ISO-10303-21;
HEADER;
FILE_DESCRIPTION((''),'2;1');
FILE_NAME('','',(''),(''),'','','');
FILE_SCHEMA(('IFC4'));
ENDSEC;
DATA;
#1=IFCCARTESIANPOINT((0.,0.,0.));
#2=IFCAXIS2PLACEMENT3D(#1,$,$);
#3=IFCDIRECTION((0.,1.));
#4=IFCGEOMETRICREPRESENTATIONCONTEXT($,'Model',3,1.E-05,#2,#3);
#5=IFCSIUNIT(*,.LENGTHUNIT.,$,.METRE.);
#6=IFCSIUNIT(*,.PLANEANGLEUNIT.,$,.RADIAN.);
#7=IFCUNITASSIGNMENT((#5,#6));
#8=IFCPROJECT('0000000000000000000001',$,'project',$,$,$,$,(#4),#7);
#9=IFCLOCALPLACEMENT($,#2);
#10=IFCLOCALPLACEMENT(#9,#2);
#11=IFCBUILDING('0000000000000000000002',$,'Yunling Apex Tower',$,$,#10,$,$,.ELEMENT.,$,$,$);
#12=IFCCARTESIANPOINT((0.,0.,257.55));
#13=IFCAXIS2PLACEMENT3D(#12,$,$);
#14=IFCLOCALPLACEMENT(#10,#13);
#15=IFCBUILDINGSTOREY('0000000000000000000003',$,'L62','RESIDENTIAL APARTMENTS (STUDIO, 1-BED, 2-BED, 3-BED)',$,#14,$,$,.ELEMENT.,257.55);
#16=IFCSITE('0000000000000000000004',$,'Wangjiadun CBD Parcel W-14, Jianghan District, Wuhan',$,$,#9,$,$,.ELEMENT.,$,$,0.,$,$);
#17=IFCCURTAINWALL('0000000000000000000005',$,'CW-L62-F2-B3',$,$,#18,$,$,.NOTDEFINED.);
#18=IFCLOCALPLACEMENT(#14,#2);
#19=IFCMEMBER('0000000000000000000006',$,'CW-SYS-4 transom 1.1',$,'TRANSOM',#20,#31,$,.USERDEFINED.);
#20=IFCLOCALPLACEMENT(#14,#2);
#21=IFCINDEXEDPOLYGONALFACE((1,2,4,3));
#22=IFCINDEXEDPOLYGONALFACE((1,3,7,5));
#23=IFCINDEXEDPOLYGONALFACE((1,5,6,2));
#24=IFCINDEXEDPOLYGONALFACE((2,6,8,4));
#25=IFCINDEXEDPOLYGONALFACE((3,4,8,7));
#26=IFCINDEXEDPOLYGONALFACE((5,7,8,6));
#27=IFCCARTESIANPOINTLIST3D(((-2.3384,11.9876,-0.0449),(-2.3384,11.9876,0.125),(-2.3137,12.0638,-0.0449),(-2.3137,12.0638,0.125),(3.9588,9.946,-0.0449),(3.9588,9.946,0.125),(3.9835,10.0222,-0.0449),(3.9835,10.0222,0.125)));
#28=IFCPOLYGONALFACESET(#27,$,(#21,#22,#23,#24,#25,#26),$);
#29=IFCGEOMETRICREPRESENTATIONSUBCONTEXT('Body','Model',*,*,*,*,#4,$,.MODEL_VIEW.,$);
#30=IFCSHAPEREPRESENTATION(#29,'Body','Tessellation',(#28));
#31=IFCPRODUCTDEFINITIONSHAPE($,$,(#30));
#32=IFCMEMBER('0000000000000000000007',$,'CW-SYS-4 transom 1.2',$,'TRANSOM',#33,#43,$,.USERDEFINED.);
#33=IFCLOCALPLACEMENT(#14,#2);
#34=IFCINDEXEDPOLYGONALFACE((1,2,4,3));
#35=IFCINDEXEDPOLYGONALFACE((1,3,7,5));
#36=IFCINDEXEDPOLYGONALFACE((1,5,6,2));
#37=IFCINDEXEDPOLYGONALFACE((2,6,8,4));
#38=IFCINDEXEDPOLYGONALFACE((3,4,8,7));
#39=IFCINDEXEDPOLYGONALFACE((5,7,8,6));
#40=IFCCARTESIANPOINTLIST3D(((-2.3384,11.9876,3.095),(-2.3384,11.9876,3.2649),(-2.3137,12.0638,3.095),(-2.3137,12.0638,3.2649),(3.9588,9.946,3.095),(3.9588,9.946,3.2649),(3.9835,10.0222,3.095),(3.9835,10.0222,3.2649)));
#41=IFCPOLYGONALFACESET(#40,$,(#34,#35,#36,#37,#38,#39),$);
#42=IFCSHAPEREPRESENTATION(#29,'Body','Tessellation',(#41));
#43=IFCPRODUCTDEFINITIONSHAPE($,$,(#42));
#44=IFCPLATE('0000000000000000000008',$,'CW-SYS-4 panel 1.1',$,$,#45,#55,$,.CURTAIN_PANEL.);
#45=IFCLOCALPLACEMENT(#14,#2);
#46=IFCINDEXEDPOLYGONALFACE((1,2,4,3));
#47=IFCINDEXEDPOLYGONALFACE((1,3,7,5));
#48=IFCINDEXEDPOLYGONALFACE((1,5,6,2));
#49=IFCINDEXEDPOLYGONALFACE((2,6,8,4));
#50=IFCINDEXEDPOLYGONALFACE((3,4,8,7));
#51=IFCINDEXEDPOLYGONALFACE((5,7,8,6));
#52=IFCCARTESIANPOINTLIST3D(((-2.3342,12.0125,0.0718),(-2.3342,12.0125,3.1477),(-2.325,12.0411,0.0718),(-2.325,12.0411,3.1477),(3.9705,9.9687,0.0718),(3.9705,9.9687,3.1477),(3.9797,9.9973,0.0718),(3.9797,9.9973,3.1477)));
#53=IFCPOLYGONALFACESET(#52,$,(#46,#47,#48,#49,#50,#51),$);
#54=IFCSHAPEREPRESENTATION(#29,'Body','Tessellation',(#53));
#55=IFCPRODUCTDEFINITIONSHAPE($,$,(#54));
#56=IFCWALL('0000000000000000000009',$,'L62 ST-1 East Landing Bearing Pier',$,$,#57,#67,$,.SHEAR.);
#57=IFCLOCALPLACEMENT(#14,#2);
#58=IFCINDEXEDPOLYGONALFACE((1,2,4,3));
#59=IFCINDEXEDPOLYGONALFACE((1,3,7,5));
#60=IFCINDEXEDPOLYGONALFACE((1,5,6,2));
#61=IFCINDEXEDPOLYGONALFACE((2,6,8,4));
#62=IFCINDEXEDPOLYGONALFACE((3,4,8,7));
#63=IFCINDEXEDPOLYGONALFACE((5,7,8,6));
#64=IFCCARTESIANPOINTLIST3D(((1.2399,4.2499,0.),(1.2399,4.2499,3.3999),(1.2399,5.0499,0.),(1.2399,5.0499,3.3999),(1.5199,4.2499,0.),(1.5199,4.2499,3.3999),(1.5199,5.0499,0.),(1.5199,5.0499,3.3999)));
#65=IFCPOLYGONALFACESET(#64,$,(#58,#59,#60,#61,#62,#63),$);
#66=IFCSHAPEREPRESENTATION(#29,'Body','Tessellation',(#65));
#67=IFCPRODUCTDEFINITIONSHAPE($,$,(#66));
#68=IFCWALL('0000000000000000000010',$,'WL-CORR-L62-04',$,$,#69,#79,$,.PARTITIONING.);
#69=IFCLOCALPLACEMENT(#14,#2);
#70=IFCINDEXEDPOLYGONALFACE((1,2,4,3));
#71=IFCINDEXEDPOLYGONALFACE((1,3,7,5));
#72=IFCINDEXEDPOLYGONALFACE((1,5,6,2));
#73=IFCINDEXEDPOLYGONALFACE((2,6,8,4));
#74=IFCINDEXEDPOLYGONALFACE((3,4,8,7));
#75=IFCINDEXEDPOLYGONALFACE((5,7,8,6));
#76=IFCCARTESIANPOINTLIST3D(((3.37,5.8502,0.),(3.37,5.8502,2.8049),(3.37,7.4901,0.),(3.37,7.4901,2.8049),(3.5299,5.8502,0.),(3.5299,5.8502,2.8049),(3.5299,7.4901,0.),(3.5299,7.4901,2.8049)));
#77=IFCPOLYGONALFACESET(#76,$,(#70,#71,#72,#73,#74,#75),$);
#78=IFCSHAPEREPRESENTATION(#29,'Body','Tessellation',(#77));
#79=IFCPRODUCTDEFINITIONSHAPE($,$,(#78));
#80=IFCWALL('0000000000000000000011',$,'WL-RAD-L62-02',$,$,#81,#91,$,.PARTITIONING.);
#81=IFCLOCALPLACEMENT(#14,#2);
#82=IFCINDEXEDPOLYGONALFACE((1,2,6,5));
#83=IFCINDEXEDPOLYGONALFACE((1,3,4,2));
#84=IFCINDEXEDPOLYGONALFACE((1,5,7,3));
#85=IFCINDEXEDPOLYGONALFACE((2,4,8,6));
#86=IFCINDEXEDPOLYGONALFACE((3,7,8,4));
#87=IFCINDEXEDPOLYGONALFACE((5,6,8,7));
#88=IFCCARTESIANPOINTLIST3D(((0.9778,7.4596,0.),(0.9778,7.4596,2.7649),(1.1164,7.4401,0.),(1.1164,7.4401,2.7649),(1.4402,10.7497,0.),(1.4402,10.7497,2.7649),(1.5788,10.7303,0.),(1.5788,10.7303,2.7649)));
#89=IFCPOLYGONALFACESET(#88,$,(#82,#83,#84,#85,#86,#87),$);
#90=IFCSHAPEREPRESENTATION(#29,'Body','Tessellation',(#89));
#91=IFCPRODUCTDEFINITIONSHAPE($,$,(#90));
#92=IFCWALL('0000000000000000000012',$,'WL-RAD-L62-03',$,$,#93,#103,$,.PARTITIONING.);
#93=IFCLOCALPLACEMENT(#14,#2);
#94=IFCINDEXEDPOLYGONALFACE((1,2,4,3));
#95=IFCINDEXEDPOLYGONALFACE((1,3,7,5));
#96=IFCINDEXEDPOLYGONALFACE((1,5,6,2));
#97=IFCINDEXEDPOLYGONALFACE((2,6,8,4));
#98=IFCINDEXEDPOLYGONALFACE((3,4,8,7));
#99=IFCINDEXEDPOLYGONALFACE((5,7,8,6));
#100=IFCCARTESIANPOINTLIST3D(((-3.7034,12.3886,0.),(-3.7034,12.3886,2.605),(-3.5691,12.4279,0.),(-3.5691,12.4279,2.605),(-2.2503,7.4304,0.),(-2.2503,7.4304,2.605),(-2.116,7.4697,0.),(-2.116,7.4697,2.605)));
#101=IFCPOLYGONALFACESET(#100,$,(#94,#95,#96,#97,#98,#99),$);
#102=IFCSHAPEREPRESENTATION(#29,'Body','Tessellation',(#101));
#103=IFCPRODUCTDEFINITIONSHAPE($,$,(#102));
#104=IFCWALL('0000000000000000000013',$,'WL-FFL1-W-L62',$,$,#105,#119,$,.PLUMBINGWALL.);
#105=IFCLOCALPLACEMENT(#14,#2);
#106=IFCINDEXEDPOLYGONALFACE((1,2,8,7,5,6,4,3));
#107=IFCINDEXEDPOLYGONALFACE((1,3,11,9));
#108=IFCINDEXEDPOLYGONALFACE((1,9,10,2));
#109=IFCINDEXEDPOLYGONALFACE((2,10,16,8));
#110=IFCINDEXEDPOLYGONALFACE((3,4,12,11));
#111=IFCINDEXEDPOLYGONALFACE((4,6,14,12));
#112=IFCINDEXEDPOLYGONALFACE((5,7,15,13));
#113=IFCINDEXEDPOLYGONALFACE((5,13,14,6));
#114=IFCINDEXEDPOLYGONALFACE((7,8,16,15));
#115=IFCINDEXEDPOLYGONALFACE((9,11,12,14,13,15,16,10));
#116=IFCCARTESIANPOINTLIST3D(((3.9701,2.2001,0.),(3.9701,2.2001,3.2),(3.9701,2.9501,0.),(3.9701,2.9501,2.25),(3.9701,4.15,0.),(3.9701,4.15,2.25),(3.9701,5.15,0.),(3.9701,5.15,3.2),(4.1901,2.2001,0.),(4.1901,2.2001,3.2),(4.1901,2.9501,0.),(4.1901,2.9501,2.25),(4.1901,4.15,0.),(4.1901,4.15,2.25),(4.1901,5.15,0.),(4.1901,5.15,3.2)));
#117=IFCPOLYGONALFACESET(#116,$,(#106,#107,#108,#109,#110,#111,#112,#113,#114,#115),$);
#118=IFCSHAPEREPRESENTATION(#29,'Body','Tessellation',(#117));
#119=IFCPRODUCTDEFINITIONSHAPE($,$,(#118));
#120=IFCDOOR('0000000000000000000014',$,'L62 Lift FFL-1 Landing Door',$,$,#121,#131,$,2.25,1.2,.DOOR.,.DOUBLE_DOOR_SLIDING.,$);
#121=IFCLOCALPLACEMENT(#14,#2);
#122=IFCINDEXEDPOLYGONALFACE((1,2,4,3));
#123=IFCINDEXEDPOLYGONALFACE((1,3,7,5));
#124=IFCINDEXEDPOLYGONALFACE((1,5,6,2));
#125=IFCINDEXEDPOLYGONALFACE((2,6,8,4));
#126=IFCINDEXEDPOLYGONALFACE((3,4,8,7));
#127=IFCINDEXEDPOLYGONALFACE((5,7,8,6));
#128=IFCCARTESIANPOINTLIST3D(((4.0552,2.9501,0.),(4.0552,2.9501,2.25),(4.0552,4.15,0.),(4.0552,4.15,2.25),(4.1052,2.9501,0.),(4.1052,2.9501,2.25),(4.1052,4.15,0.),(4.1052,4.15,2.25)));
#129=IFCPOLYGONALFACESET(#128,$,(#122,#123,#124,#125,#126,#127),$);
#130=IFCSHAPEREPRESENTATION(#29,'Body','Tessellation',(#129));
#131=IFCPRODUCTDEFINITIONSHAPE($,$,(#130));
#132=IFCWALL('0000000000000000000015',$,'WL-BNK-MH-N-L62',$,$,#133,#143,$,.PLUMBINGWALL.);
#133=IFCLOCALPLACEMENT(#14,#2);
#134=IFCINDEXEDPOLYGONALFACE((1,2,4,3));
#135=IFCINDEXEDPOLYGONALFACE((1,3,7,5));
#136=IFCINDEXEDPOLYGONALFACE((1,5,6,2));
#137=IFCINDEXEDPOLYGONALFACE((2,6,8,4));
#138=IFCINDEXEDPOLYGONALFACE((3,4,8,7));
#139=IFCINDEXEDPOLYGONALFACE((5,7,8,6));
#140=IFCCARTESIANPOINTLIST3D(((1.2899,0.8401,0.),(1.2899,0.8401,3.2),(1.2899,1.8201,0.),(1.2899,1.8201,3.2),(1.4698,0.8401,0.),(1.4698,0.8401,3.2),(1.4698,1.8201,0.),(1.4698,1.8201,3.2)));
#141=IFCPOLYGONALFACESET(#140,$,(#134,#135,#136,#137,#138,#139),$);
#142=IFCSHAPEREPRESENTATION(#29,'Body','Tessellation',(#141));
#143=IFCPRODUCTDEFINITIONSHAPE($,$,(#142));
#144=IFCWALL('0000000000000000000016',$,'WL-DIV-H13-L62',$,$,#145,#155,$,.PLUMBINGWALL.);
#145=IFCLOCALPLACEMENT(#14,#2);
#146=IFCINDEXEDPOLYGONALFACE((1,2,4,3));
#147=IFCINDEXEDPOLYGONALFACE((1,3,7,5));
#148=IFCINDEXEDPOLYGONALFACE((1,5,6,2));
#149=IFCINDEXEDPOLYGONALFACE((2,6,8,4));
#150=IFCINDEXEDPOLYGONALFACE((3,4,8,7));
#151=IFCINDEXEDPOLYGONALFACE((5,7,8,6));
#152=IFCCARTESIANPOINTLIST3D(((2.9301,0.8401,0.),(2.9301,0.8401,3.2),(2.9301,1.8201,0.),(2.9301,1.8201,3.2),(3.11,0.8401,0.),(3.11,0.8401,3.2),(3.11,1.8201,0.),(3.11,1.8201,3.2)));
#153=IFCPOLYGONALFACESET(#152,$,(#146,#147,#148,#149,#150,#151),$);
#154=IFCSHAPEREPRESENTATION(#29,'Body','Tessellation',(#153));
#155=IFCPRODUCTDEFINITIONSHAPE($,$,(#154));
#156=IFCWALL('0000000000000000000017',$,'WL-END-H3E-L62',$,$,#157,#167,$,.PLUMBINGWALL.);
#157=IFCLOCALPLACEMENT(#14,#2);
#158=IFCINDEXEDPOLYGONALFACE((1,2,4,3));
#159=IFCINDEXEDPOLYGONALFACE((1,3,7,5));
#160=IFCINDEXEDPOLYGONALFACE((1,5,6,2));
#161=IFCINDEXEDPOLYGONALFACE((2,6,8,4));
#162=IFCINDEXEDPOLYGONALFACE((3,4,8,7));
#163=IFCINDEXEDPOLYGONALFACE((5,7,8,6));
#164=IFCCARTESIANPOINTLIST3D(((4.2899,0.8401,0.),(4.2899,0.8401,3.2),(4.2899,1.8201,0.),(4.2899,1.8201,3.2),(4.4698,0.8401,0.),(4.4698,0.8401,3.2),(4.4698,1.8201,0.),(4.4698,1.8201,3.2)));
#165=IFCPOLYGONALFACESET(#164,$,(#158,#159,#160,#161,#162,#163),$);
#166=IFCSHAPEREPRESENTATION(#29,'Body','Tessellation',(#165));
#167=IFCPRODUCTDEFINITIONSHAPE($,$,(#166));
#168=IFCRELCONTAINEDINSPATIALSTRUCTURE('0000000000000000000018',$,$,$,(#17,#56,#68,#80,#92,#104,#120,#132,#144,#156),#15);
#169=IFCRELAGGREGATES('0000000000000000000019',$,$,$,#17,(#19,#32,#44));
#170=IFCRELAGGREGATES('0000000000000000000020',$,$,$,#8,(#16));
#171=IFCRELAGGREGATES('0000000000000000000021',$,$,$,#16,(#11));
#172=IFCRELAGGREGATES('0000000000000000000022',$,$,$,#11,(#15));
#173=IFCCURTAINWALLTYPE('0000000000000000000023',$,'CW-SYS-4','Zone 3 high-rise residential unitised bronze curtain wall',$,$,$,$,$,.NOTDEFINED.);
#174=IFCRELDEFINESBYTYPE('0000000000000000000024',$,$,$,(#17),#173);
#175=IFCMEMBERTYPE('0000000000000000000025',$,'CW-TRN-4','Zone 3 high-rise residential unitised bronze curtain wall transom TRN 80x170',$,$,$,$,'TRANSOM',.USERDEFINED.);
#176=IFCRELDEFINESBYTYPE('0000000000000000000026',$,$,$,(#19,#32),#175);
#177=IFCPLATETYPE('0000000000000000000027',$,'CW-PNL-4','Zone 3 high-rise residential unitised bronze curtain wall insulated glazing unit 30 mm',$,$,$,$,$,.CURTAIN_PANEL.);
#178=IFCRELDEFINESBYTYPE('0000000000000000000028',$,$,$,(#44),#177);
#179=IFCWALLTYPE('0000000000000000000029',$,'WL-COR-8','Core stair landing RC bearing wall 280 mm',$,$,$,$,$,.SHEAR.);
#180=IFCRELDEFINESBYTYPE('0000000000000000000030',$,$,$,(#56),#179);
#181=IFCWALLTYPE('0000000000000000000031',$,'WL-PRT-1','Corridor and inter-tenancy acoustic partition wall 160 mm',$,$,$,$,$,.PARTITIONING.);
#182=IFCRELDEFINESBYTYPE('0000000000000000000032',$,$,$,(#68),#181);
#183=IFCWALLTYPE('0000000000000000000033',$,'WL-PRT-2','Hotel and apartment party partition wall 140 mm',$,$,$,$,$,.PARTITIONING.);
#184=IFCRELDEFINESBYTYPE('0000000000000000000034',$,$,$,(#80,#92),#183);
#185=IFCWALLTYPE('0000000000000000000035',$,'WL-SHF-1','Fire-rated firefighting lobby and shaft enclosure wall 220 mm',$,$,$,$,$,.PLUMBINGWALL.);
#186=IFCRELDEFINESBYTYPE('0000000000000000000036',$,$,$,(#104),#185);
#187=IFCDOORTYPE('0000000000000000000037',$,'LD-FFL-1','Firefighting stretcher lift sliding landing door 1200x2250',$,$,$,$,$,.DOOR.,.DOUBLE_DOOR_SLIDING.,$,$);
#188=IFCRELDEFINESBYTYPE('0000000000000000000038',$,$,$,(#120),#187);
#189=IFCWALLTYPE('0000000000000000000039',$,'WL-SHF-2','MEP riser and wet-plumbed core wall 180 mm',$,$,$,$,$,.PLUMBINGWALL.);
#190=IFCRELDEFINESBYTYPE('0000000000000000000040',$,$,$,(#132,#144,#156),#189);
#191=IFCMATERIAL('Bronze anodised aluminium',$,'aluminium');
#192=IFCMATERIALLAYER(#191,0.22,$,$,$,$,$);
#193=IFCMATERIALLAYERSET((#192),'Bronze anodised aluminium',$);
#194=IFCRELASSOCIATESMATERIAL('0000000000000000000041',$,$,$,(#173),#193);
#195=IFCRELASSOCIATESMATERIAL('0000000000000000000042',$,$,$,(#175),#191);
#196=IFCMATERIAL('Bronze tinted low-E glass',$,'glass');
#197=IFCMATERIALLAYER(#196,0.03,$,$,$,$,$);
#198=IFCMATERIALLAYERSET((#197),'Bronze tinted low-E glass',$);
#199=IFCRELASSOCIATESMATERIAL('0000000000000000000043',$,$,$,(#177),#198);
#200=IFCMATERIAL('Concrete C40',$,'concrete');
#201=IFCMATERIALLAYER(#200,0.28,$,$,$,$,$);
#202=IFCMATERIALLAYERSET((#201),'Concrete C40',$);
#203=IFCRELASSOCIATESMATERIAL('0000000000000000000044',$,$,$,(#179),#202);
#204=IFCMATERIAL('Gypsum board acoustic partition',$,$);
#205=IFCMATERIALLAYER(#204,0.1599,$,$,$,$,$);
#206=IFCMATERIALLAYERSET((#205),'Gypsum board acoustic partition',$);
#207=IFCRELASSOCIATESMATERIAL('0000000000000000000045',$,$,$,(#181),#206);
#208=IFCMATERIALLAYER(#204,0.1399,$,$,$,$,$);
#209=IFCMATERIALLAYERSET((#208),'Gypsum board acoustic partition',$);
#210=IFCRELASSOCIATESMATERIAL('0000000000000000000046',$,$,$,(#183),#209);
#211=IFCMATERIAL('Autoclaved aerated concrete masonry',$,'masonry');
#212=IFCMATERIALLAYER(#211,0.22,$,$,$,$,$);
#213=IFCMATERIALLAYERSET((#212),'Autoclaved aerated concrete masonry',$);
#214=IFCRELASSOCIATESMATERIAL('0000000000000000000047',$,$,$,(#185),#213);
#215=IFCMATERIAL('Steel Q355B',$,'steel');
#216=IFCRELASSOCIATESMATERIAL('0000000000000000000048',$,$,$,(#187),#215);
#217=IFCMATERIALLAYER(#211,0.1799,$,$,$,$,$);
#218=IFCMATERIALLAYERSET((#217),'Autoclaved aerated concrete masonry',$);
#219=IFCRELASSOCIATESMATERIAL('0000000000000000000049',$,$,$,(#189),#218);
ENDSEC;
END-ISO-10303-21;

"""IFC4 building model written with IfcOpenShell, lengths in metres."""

from ifc_helpers import new_model, si_unit, direction, frame, frame_2d, origin, origin_2d, place, context, subcontext, project, spatial, rectangle, extrude, source, transform, mapped, material, layer, layer_set, material_profile, profile_set, type_object, element, fill, aggregate, save


model = new_model("IFC4")

# Units and contexts
model_context = context("Model", 3, precision=1e-05, world=origin(), true_north=direction((0.0, 1.0)))
body_context = subcontext(model_context, "Body", "Model", "MODEL_VIEW")
ifc_project = project(units=[si_unit("LENGTHUNIT", "METRE"), si_unit("PLANEANGLEUNIT", "RADIAN")], contexts=[model_context])

# Site, building, storey
site_placement = place(None, origin())
site = spatial("IfcSite", under=ifc_project, at=site_placement, Name="Wangjiadun CBD Parcel W-14, Jianghan District, Wuhan", CompositionType="ELEMENT", RefElevation=0.0)
building_placement = place(site_placement, origin())
building = spatial("IfcBuilding", under=site, at=building_placement, Name="Yunling Apex Tower", CompositionType="ELEMENT")
storey_placement = place(building_placement, frame((0.0, 0.0, 257.55)))
storey = spatial("IfcBuildingStorey", under=building, at=storey_placement, Name="L62", Description="RESIDENTIAL APARTMENTS (STUDIO, 1-BED, 2-BED, 3-BED)", CompositionType="ELEMENT", Elevation=257.55)

# Shared definitions
ifc_material_1 = material(Name="Steel Q355B", Category="steel")

# Shared definitions
ifc_material_2 = material(Name="Bronze anodised aluminium", Category="aluminium")
ifc_layer_1 = layer(ifc_material_2, 0.22)
ifc_layer_set_1 = layer_set([ifc_layer_1], Name="Bronze anodised aluminium")
curtain_wall_type = type_object("IfcCurtainWallType", Name="CW-SYS-4", Description="Zone 3 high-rise residential unitised bronze curtain wall", PredefinedType="NOTDEFINED", material=ifc_layer_set_1)

# Curtain wall
curtain_wall_1_placement = place(storey_placement, origin())
curtain_wall_1 = element("IfcCurtainWall", 1, at=curtain_wall_1_placement, inside=storey, type_object=curtain_wall_type, Name="CW-L62-F2-B3", PredefinedType="NOTDEFINED")
ifc_material_profile_1 = material_profile(ifc_material_2, rectangle(XDim=0.0801, YDim=0.1699, at=origin_2d()))
ifc_profile_set_1 = profile_set([ifc_material_profile_1], Name="Bronze anodised aluminium")
member_type_1 = type_object("IfcMemberType", Name="CW-TRN-4", Description="Zone 3 high-rise residential unitised bronze curtain wall transom TRN 80x170", ElementType="TRANSOM", PredefinedType="USERDEFINED", material=ifc_profile_set_1)

# Members
shared_shape_1 = source(origin(), body_context, "Body", "SweptSolid", [
    extrude(rectangle(XDim=0.0801, YDim=0.1699, at=origin_2d()), origin(), (0.0, 0.0, 1.0), 6.6199),
])
member_1_placement = place(storey_placement, frame((3.9712, 9.9841, 0.04), z_axis=(-0.951258, 0.308395, 0.0), x_axis=(-0.308395, -0.951258, 0.0)))
member_1 = element("IfcMember", 2, at=member_1_placement, type_object=member_type_1, Name="CW-SYS-4 transom 1.1", ObjectType="TRANSOM", PredefinedType="USERDEFINED", context=body_context, shape_type="MappedRepresentation", body=[
    mapped(shared_shape_1, transform((0.0, 0.0, 0.0), scale=1.0)),
])
member_2_placement = place(storey_placement, frame((3.9712, 9.9841, 3.1799), z_axis=(-0.951258, 0.308395, 0.0), x_axis=(-0.308395, -0.951258, 0.0)))
member_2 = element("IfcMember", 3, at=member_2_placement, type_object=member_type_1, Name="CW-SYS-4 transom 1.2", ObjectType="TRANSOM", PredefinedType="USERDEFINED", context=body_context, shape_type="MappedRepresentation", body=[
    mapped(shared_shape_1, transform((0.0, 0.0, 0.0), scale=1.0)),
])

# Plate
ifc_material_3 = material(Name="Bronze tinted low-E glass", Category="glass")
ifc_layer_2 = layer(ifc_material_3, 0.03)
ifc_layer_set_2 = layer_set([ifc_layer_2], Name="Bronze tinted low-E glass")
plate_type = type_object("IfcPlateType", Name="CW-PNL-4", Description="Zone 3 high-rise residential unitised bronze curtain wall insulated glazing unit 30 mm", PredefinedType="CURTAIN_PANEL", material=ifc_layer_set_2)
shared_shape_2 = source(origin(), body_context, "Body", "SweptSolid", [
    extrude(rectangle(XDim=6.6277, YDim=0.03, at=origin_2d()), origin(), (0.0, 0.0, 1.0), 3.0759),
])
plate_placement = place(storey_placement, frame((0.8228, 11.0049, 0.0718), z_axis=(0.0, 0.0, 1.0), x_axis=(-0.951266, 0.308371, 0.0)))
plate = element("IfcPlate", 4, at=plate_placement, type_object=plate_type, Name="CW-SYS-4 panel 1.1", PredefinedType="CURTAIN_PANEL", context=body_context, shape_type="MappedRepresentation", body=[
    mapped(shared_shape_2, transform((0.0, 0.0, 0.0), scale=1.0)),
])
aggregate(curtain_wall_1, [member_1, member_2, plate])

# Walls
ifc_material_4 = material(Name="Concrete C40", Category="concrete")
ifc_layer_3 = layer(ifc_material_4, 0.28)
ifc_layer_set_3 = layer_set([ifc_layer_3], Name="Concrete C40")
wall_type_1 = type_object("IfcWallType", Name="WL-COR-8", Description="Core stair landing RC bearing wall 280 mm", PredefinedType="SHEAR", material=ifc_layer_set_3)
wall_1_placement = place(storey_placement, frame((1.3799, 4.25, 0.0), z_axis=(0.0, 0.0, 1.0), x_axis=(0.0, 1.0, 0.0)))
element("IfcWall", 5, at=wall_1_placement, inside=storey, type_object=wall_type_1, Name="L62 ST-1 East Landing Bearing Pier", PredefinedType="SHEAR", context=body_context, shape_type="SweptSolid", body=[
    extrude(rectangle(XDim=0.8, YDim=0.28, at=frame_2d((0.3999, 0.0))), origin(), (0.0, 0.0, 1.0), 3.3999),
])
ifc_material_5 = material(Name="Gypsum board acoustic partition")
ifc_layer_4 = layer(ifc_material_5, 0.1599)
ifc_layer_set_4 = layer_set([ifc_layer_4], Name="Gypsum board acoustic partition")
wall_type_2 = type_object("IfcWallType", Name="WL-PRT-1", Description="Corridor and inter-tenancy acoustic partition wall 160 mm", PredefinedType="PARTITIONING", material=ifc_layer_set_4)
wall_2_placement = place(storey_placement, frame((3.45, 7.49, 0.0), z_axis=(0.0, 0.0, 1.0), x_axis=(0.0, -1.0, 0.0)))
element("IfcWall", 6, at=wall_2_placement, inside=storey, type_object=wall_type_2, Name="WL-CORR-L62-04", PredefinedType="PARTITIONING", context=body_context, shape_type="SweptSolid", body=[
    extrude(rectangle(XDim=1.6399, YDim=0.1599, at=frame_2d((0.8198, 0.0))), origin(), (0.0, 0.0, 1.0), 2.8049),
])
ifc_layer_5 = layer(ifc_material_5, 0.1399)
ifc_layer_set_5 = layer_set([ifc_layer_5], Name="Gypsum board acoustic partition")
wall_type_3 = type_object("IfcWallType", Name="WL-PRT-2", Description="Hotel and apartment party partition wall 140 mm", PredefinedType="PARTITIONING", material=ifc_layer_set_5)
wall_3_placement = place(storey_placement, frame((1.0471, 7.45, 0.0), z_axis=(0.0, 0.0, 1.0), x_axis=(0.139168, 0.990269, 0.0)))
element("IfcWall", 7, at=wall_3_placement, inside=storey, type_object=wall_type_3, Name="WL-RAD-L62-02", PredefinedType="PARTITIONING", context=body_context, shape_type="SweptSolid", body=[
    extrude(rectangle(XDim=3.3225, YDim=0.1399, at=frame_2d((1.6611, 0.0))), origin(), (0.0, 0.0, 1.0), 2.7649),
])
wall_4_placement = place(storey_placement, frame((-2.1831, 7.45, 0.0), z_axis=(0.0, 0.0, 1.0), x_axis=(-0.281243, 0.959637, 0.0)))
element("IfcWall", 8, at=wall_4_placement, inside=storey, type_object=wall_type_3, Name="WL-RAD-L62-03", PredefinedType="PARTITIONING", context=body_context, shape_type="SweptSolid", body=[
    extrude(rectangle(XDim=5.1667, YDim=0.1399, at=frame_2d((2.5835, 0.0))), origin(), (0.0, 0.0, 1.0), 2.605),
])

# Wall, opening, door
ifc_material_6 = material(Name="Autoclaved aerated concrete masonry", Category="masonry")
ifc_layer_6 = layer(ifc_material_6, 0.22)
ifc_layer_set_6 = layer_set([ifc_layer_6], Name="Autoclaved aerated concrete masonry")
wall_type_4 = type_object("IfcWallType", Name="WL-SHF-1", Description="Fire-rated firefighting lobby and shaft enclosure wall 220 mm", PredefinedType="PLUMBINGWALL", material=ifc_layer_set_6)
wall_5_placement = place(storey_placement, frame((4.0801, 2.2, 0.0), z_axis=(0.0, 0.0, 1.0), x_axis=(0.0, 1.0, 0.0)))
wall_5 = element("IfcWall", 9, at=wall_5_placement, inside=storey, type_object=wall_type_4, Name="WL-FFL1-W-L62", PredefinedType="PLUMBINGWALL", context=body_context, shape_type="SweptSolid", body=[
    extrude(rectangle(XDim=2.95, YDim=0.22, at=frame_2d((1.4751, 0.0))), origin(), (0.0, 0.0, 1.0), 3.2),
])
opening_1_placement = place(wall_5_placement, frame((0.75, 0.0, 0.0)))
opening_1 = element("IfcOpeningElement", 10, at=opening_1_placement, cuts=wall_5, PredefinedType="OPENING", context=body_context, shape_type="SweptSolid", body=[
    extrude(rectangle(XDim=1.2, YDim=2.25, at=frame_2d((0.6001, 1.125))), frame((0.0, 0.1201, 0.0), z_axis=(0.0, -1.0, 0.0), x_axis=(1.0, 0.0, 0.0)), (0.0, 0.0, 1.0), 0.24),
])
door_type_1 = type_object("IfcDoorType", Name="LD-FFL-1", Description="Firefighting stretcher lift sliding landing door 1200x2250", OperationType="DOUBLE_DOOR_SLIDING", PredefinedType="DOOR", material=ifc_material_1)
door_1_placement = place(opening_1_placement, origin())
door_1 = element("IfcDoor", 11, at=door_1_placement, inside=storey, type_object=door_type_1, Name="L62 Lift FFL-1 Landing Door", OperationType="DOUBLE_DOOR_SLIDING", OverallHeight=2.25, OverallWidth=1.2, PredefinedType="DOOR", context=body_context, shape_type="SweptSolid", body=[
    extrude(rectangle(XDim=1.2, YDim=2.25, at=frame_2d((0.6001, 1.125))), frame((0.0, 0.0249, 0.0), z_axis=(0.0, -1.0, 0.0), x_axis=(1.0, 0.0, 0.0)), (0.0, 0.0, 1.0), 0.05),
])
fill(opening_1, door_1)

# Walls
ifc_layer_7 = layer(ifc_material_6, 0.1799)
ifc_layer_set_7 = layer_set([ifc_layer_7], Name="Autoclaved aerated concrete masonry")
wall_type_5 = type_object("IfcWallType", Name="WL-SHF-2", Description="MEP riser and wet-plumbed core wall 180 mm", PredefinedType="PLUMBINGWALL", material=ifc_layer_set_7)
for number, where, z_axis, x_axis, name in (
    (12, (1.3799, 0.8401, 0.0), (0.0, 0.0, 1.0), (0.0, 1.0, 0.0), "WL-BNK-MH-N-L62"),
    (13, (3.02, 0.8401, 0.0), (0.0, 0.0, 1.0), (0.0, 1.0, 0.0), "WL-DIV-H13-L62"),
    (14, (4.3799, 0.8401, 0.0), (0.0, 0.0, 1.0), (0.0, 1.0, 0.0), "WL-END-H3E-L62"),
):
    element("IfcWall", number, at=place(storey_placement, frame(where, z_axis=z_axis, x_axis=x_axis)), inside=storey, type_object=wall_type_5, Name=name, PredefinedType="PLUMBINGWALL", context=body_context, shape_type="SweptSolid", body=[
        extrude(rectangle(XDim=0.98, YDim=0.1799, at=frame_2d((0.49, 0.0))), origin(), (0.0, 0.0, 1.0), 3.2),
    ])

save(model, "model.ifc")
